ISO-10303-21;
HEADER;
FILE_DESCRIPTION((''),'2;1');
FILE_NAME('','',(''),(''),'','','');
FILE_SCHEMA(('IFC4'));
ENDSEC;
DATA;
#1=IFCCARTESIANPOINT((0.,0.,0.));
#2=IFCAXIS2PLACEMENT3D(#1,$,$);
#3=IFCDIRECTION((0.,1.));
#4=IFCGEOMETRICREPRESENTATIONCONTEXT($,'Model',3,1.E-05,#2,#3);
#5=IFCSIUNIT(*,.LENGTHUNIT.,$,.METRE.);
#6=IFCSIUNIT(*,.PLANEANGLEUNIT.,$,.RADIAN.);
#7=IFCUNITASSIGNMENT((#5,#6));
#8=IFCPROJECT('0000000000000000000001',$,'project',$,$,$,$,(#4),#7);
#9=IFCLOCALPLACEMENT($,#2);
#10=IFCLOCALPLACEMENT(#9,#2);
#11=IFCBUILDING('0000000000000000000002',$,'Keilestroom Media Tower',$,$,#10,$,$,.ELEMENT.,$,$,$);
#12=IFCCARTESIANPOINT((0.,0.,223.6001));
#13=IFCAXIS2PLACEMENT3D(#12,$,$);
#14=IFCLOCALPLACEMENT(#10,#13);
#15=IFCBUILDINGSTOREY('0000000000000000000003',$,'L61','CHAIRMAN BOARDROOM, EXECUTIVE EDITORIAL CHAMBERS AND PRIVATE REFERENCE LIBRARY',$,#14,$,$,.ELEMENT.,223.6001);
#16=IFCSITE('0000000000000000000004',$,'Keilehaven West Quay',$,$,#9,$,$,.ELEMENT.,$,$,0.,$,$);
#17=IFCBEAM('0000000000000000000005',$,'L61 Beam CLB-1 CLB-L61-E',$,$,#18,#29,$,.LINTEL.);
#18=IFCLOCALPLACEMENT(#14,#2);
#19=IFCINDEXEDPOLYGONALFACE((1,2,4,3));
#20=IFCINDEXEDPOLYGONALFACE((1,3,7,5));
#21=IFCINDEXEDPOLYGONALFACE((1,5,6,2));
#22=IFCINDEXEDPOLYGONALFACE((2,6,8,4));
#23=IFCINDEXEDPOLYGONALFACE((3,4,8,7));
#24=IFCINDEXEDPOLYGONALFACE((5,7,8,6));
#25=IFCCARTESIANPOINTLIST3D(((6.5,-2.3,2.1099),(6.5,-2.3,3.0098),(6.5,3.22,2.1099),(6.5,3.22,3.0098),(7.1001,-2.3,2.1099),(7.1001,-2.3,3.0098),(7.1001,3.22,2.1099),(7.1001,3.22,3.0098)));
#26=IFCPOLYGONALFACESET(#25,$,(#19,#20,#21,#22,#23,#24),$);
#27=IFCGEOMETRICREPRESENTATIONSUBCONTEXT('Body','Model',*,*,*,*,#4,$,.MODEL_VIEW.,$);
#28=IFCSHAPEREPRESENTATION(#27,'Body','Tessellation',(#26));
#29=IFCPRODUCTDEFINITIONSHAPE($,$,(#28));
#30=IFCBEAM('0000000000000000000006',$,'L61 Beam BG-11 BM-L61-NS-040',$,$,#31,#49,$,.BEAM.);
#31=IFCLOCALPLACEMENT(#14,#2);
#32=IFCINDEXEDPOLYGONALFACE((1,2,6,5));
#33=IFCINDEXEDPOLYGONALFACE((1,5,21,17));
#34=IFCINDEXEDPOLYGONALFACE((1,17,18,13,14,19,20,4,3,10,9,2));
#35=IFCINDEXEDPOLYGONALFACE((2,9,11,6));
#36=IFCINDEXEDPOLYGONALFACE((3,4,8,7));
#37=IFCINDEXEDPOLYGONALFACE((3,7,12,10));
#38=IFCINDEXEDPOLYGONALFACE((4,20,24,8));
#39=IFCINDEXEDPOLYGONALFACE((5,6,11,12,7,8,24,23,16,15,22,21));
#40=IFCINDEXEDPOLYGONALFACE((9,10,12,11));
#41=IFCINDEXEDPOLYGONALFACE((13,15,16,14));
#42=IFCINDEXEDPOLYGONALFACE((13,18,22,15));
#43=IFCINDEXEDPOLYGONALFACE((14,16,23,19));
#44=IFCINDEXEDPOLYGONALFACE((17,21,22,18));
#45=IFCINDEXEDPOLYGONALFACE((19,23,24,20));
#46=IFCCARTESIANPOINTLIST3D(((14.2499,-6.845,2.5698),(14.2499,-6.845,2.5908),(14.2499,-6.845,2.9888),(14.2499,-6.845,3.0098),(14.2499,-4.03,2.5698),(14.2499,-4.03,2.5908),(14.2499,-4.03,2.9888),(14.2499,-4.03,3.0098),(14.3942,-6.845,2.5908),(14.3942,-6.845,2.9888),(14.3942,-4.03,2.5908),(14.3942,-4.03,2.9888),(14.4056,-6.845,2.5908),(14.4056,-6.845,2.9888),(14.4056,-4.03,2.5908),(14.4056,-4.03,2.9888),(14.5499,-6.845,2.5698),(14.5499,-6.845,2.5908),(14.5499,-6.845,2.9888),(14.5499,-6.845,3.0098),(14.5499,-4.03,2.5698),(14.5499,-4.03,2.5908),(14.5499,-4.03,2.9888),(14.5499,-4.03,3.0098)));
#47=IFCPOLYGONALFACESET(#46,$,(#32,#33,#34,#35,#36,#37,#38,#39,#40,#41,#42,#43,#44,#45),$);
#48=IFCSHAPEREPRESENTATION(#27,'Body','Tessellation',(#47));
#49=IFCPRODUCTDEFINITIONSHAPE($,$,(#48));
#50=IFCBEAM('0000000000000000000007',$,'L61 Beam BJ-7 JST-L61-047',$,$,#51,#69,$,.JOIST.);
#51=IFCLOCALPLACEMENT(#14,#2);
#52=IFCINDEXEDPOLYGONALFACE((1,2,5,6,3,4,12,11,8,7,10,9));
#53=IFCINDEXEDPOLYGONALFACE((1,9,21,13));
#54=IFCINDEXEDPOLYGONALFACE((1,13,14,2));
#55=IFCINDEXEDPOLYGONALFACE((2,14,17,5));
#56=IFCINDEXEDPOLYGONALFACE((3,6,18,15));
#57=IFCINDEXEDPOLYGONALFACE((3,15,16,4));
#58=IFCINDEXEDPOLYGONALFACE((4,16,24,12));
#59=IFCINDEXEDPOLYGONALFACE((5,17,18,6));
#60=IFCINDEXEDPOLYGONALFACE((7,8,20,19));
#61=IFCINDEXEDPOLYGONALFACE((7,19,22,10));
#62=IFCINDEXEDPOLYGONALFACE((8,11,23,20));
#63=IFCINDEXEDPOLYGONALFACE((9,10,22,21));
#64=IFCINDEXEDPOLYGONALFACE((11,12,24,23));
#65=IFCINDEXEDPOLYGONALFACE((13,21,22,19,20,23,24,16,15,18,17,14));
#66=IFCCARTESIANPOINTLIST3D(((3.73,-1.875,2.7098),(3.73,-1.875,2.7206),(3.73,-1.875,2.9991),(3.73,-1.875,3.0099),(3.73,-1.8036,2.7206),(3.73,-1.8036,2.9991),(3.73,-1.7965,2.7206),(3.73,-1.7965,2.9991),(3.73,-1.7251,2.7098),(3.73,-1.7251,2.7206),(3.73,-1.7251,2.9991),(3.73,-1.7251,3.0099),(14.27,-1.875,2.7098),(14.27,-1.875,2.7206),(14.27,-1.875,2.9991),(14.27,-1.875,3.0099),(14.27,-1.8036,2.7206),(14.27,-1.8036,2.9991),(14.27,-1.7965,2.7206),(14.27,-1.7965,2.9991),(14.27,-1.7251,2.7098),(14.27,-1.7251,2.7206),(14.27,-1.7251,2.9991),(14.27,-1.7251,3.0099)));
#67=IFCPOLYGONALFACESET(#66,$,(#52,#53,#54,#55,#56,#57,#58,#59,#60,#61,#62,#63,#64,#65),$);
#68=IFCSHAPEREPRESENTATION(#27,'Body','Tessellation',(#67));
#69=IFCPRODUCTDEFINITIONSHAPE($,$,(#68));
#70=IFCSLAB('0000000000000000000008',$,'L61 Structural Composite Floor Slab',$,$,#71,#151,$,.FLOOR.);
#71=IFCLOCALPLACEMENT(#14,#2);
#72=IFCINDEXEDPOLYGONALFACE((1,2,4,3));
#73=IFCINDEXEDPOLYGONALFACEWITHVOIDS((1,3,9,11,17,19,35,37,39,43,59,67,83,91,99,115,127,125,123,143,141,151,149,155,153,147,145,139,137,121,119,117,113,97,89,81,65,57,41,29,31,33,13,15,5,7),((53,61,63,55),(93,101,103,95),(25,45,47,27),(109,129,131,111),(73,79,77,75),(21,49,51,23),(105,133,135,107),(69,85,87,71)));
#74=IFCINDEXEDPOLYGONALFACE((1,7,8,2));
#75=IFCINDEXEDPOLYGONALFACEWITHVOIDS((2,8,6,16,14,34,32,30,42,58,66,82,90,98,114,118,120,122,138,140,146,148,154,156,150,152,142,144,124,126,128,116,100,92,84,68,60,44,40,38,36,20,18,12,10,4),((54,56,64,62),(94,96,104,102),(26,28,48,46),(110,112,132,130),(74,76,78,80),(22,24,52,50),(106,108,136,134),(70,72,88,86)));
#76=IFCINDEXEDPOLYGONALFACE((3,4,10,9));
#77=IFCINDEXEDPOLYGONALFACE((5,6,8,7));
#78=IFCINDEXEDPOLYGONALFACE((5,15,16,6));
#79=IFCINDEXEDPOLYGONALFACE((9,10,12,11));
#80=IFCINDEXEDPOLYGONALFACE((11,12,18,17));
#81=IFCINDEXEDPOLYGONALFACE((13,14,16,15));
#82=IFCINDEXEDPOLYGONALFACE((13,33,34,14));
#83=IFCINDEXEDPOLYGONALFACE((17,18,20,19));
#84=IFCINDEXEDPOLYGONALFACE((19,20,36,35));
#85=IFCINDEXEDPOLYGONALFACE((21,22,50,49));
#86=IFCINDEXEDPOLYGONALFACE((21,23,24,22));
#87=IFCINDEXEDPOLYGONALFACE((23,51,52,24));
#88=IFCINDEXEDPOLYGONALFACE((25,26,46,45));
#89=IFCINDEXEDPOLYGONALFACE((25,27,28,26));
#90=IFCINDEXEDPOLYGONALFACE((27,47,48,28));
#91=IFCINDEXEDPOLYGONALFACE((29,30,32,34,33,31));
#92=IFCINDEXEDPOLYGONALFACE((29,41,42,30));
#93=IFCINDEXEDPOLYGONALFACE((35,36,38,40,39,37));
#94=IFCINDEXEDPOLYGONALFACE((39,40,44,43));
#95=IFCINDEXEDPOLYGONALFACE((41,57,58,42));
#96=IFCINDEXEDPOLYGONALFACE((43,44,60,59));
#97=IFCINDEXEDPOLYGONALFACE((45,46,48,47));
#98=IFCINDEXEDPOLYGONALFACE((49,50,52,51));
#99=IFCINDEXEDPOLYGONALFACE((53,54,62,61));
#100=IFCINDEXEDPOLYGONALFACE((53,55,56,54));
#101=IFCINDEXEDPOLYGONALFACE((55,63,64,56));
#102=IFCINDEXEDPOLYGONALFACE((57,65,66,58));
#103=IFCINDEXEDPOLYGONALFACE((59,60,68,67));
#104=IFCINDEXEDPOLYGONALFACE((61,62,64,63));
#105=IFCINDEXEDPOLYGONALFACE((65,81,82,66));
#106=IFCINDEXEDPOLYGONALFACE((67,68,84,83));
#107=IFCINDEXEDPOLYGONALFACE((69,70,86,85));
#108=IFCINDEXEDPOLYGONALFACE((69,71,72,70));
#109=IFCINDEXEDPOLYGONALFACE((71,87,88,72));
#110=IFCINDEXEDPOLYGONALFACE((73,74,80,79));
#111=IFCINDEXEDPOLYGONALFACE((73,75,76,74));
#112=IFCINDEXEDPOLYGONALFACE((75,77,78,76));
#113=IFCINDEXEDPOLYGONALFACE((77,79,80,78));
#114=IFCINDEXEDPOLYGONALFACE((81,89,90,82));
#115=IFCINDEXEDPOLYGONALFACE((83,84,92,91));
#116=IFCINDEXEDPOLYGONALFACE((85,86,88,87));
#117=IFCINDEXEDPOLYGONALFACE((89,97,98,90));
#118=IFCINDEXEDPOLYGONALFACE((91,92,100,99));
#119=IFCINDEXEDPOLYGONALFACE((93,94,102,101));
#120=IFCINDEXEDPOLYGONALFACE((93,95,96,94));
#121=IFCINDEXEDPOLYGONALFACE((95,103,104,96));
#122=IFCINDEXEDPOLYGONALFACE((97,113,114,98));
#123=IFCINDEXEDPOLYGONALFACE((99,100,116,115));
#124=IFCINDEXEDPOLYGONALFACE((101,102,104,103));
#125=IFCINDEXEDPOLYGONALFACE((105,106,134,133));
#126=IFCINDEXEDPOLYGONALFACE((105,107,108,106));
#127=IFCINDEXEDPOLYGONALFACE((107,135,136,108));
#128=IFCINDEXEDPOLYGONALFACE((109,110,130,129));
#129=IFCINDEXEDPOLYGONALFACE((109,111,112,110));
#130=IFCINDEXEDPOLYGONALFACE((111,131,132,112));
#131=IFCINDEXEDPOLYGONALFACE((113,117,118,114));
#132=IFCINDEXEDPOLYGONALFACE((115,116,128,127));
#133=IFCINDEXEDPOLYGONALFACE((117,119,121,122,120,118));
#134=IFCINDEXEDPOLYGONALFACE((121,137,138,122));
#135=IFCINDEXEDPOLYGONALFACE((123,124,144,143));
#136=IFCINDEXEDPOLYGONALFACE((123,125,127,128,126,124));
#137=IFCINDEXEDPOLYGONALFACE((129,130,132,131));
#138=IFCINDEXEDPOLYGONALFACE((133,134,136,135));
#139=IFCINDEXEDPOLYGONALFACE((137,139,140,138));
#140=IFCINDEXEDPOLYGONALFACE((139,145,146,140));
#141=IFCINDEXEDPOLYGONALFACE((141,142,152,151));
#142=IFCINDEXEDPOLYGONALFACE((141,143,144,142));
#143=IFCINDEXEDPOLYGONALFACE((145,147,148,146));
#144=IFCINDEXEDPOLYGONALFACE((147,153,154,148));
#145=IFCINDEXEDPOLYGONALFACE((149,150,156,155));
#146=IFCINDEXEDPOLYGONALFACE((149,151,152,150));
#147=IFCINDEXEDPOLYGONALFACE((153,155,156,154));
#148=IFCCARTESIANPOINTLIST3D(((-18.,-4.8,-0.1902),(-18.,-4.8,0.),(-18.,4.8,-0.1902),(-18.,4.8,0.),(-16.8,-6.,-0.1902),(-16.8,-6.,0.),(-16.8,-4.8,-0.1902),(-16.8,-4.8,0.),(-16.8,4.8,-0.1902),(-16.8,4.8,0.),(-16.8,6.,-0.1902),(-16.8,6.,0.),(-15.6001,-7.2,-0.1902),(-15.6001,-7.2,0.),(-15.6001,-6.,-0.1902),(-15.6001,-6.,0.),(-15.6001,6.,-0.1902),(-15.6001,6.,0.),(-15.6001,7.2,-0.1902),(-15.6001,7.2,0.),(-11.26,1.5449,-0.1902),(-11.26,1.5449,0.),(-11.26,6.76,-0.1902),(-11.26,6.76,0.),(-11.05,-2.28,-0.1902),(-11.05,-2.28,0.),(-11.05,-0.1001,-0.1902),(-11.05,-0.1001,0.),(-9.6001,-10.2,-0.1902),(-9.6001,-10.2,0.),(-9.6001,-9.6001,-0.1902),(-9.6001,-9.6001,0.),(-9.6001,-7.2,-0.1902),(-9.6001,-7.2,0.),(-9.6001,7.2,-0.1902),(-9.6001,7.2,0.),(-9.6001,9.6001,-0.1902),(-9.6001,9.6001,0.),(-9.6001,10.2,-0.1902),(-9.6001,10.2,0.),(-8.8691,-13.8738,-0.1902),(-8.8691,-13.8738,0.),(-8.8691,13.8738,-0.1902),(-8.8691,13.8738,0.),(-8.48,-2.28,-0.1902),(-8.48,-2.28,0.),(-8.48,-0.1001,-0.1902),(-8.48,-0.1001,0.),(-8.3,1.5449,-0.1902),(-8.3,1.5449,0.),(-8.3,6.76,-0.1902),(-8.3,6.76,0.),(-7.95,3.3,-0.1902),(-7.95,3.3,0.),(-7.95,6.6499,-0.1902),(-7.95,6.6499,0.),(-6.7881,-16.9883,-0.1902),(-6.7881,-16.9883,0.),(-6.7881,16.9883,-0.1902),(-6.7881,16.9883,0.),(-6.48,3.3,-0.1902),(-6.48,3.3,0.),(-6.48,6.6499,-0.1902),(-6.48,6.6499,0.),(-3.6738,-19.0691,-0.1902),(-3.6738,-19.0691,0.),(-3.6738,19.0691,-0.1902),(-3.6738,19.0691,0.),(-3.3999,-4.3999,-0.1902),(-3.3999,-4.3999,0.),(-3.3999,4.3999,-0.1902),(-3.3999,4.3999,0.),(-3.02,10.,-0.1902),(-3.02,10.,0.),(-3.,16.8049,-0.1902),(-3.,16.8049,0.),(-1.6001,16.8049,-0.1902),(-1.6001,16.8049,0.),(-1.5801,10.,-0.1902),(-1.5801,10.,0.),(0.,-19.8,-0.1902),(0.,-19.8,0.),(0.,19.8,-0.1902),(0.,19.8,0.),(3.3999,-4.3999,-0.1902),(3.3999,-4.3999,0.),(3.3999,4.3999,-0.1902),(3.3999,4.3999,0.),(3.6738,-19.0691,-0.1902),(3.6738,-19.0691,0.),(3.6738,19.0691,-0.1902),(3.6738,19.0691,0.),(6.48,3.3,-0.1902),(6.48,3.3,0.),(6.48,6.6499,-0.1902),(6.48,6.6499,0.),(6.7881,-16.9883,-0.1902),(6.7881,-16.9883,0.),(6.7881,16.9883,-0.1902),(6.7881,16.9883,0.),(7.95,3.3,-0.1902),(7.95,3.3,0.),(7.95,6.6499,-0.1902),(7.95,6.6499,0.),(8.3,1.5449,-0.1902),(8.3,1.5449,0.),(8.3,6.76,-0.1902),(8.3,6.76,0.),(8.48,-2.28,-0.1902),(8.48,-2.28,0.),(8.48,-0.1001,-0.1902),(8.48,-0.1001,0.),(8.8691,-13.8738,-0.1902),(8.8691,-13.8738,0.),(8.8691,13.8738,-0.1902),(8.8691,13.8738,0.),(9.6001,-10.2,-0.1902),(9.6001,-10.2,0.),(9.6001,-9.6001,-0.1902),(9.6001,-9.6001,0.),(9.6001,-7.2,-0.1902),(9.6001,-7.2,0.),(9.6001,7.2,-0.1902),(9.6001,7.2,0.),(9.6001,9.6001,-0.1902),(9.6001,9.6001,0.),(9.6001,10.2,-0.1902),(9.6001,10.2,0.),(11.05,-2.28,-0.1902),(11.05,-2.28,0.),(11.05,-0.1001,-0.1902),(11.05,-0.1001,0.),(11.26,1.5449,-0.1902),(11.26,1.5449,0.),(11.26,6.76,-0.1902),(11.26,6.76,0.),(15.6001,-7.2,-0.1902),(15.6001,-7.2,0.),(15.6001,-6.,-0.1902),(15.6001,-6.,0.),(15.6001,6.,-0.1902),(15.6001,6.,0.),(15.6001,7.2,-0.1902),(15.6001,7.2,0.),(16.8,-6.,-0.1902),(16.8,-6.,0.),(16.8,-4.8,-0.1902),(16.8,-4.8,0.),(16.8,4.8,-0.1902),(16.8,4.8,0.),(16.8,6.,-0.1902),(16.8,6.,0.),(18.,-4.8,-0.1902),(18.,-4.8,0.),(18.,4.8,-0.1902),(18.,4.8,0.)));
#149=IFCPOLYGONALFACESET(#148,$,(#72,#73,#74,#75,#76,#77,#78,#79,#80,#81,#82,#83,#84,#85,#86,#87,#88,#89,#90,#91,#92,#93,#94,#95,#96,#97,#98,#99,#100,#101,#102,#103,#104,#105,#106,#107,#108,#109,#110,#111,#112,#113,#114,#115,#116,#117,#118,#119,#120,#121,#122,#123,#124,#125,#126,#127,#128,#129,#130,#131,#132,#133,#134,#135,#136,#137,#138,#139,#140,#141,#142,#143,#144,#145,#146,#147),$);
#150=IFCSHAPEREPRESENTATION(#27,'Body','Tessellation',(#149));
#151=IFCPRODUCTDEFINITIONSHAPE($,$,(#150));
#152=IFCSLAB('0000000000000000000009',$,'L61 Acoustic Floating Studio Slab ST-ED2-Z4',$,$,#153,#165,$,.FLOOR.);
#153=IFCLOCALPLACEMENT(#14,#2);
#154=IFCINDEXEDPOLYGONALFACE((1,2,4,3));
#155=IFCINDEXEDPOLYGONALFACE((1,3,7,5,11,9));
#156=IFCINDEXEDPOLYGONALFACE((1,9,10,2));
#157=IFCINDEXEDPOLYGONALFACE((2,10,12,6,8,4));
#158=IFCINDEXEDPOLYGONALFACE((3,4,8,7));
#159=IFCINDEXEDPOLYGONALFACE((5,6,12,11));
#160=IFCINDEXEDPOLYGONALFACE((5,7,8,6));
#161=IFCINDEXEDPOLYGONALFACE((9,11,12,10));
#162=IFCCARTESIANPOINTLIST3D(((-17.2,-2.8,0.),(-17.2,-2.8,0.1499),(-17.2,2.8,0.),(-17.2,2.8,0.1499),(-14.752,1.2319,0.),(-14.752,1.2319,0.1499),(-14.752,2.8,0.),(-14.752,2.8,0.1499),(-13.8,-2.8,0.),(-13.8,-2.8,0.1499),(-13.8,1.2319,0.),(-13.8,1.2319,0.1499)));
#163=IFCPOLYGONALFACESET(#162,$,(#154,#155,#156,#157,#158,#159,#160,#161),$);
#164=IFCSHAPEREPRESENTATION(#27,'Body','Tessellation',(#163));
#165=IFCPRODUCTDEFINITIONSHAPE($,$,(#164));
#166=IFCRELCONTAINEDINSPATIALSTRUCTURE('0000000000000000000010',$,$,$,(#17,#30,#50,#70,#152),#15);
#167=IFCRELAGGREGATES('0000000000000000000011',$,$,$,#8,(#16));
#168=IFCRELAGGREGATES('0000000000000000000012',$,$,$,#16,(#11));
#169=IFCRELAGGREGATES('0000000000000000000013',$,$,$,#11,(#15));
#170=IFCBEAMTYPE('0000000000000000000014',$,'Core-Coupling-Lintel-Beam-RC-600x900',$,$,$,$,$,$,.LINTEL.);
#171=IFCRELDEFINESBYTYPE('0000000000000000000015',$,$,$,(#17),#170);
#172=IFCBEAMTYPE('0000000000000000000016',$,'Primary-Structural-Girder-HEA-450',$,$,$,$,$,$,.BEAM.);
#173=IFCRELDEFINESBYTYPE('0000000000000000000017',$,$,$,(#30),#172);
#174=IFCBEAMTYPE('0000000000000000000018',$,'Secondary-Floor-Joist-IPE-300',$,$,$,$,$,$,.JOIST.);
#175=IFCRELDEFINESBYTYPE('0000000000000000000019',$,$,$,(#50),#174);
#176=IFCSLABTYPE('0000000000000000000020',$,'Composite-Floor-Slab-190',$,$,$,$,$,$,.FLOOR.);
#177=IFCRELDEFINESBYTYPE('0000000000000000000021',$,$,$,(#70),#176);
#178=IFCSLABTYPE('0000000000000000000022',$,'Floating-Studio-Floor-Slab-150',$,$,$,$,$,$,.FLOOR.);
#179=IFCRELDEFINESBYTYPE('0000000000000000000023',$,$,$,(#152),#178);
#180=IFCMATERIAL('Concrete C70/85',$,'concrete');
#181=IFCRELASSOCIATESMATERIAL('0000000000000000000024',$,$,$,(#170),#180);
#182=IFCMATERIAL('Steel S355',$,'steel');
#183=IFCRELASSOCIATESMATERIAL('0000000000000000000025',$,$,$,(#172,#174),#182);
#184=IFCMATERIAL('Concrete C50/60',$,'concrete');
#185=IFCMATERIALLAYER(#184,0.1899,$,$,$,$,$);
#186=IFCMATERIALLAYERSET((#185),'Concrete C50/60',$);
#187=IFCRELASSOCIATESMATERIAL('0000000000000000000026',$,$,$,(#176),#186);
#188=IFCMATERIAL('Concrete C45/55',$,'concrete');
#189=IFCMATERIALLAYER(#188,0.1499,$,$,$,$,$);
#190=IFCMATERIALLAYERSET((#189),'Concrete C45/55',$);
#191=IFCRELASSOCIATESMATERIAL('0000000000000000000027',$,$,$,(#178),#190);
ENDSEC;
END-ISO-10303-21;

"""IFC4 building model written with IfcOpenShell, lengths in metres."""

from ifc_helpers import new_model, si_unit, direction, frame, origin, origin_2d, place, context, subcontext, project, spatial, polyline, rectangle, i_section, outline, extrude, source, transform, mapped, material, layer, layer_set, material_profile, profile_set, type_object, element, save


model = new_model("IFC4")

# Units and contexts
model_context = context("Model", 3, precision=1e-05, world=origin(), true_north=direction((0.0, 1.0)))
body_context = subcontext(model_context, "Body", "Model", "MODEL_VIEW")
ifc_project = project(units=[si_unit("LENGTHUNIT", "METRE"), si_unit("PLANEANGLEUNIT", "RADIAN")], contexts=[model_context])

# Site, building, storey
site_placement = place(None, origin())
site = spatial("IfcSite", under=ifc_project, at=site_placement, Name="Keilehaven West Quay", CompositionType="ELEMENT", RefElevation=0.0)
building_placement = place(site_placement, origin())
building = spatial("IfcBuilding", under=site, at=building_placement, Name="Keilestroom Media Tower", CompositionType="ELEMENT")
storey_placement = place(building_placement, frame((0.0, 0.0, 223.6001)))
storey = spatial("IfcBuildingStorey", under=building, at=storey_placement, Name="L61", Description="CHAIRMAN BOARDROOM, EXECUTIVE EDITORIAL CHAMBERS AND PRIVATE REFERENCE LIBRARY", CompositionType="ELEMENT", Elevation=223.6001)

# Beams
ifc_material_1 = material(Name="Concrete C70/85", Category="concrete")
ifc_material_profile_1 = material_profile(ifc_material_1, rectangle(XDim=0.6001, YDim=0.8999, at=origin_2d()), Name="RC 600x900")
ifc_profile_set_1 = profile_set([ifc_material_profile_1], Name="Concrete C70/85")
beam_type_1 = type_object("IfcBeamType", Name="Core-Coupling-Lintel-Beam-RC-600x900", PredefinedType="LINTEL", material=ifc_profile_set_1)
shared_shape_1 = source(origin(), body_context, "Body", "SweptSolid", [
    extrude(rectangle(XDim=0.6001, YDim=0.8999, at=origin_2d()), origin(), (0.0, 0.0, 1.0), 5.52),
])
beam_1_placement = place(storey_placement, frame((6.8, -2.3, 2.5598), z_axis=(0.0, 1.0, 0.0), x_axis=(-1.0, 0.0, 0.0)))
element("IfcBeam", 1, at=beam_1_placement, inside=storey, type_object=beam_type_1, Name="L61 Beam CLB-1 CLB-L61-E", PredefinedType="LINTEL", context=body_context, shape_type="MappedRepresentation", body=[
    mapped(shared_shape_1, transform((0.0, 0.0, 0.0), x_axis=(1.0, 0.0, 0.0), y_axis=(0.0, 1.0, 0.0), z_axis=(0.0, 0.0, 1.0), scale=1.0)),
])
ifc_material_2 = material(Name="Steel S355", Category="steel")
ifc_material_profile_2 = material_profile(ifc_material_2, i_section(OverallWidth=0.3, OverallDepth=0.4399, WebThickness=0.0115, FlangeThickness=0.021, at=origin_2d()), Name="HEA 450")
ifc_profile_set_2 = profile_set([ifc_material_profile_2], Name="Steel S355")
beam_type_2 = type_object("IfcBeamType", Name="Primary-Structural-Girder-HEA-450", PredefinedType="BEAM", material=ifc_profile_set_2)
shared_shape_2 = source(origin(), body_context, "Body", "SweptSolid", [
    extrude(i_section(OverallWidth=0.3, OverallDepth=0.4399, WebThickness=0.0115, FlangeThickness=0.021, at=origin_2d()), origin(), (0.0, 0.0, 1.0), 2.8149),
])
beam_2_placement = place(storey_placement, frame((14.3999, -6.845, 2.7898), z_axis=(0.0, 1.0, 0.0), x_axis=(-1.0, 0.0, 0.0)))
element("IfcBeam", 2, at=beam_2_placement, inside=storey, type_object=beam_type_2, Name="L61 Beam BG-11 BM-L61-NS-040", PredefinedType="BEAM", context=body_context, shape_type="MappedRepresentation", body=[
    mapped(shared_shape_2, transform((0.0, 0.0, 0.0), x_axis=(1.0, 0.0, 0.0), y_axis=(0.0, 1.0, 0.0), z_axis=(0.0, 0.0, 1.0), scale=1.0)),
])
ifc_material_profile_3 = material_profile(ifc_material_2, i_section(OverallWidth=0.1499, OverallDepth=0.3, WebThickness=0.0071, FlangeThickness=0.0107, at=origin_2d()), Name="IPE 300")
ifc_profile_set_3 = profile_set([ifc_material_profile_3], Name="Steel S355")
beam_type_3 = type_object("IfcBeamType", Name="Secondary-Floor-Joist-IPE-300", PredefinedType="JOIST", material=ifc_profile_set_3)
shared_shape_3 = source(origin(), body_context, "Body", "SweptSolid", [
    extrude(i_section(OverallWidth=0.1499, OverallDepth=0.3, WebThickness=0.0071, FlangeThickness=0.0107, at=origin_2d()), origin(), (0.0, 0.0, 1.0), 10.54),
])
beam_3_placement = place(storey_placement, frame((3.73, -1.8, 2.8599), z_axis=(1.0, 0.0, 0.0), x_axis=(0.0, 1.0, 0.0)))
element("IfcBeam", 3, at=beam_3_placement, inside=storey, type_object=beam_type_3, Name="L61 Beam BJ-7 JST-L61-047", PredefinedType="JOIST", context=body_context, shape_type="MappedRepresentation", body=[
    mapped(shared_shape_3, transform((0.0, 0.0, 0.0), x_axis=(1.0, 0.0, 0.0), y_axis=(0.0, 1.0, 0.0), z_axis=(0.0, 0.0, 1.0), scale=1.0)),
])

# Slabs
ifc_material_3 = material(Name="Concrete C50/60", Category="concrete")
ifc_layer_1 = layer(ifc_material_3, 0.1899)
ifc_layer_set_1 = layer_set([ifc_layer_1], Name="Concrete C50/60")
slab_type_1 = type_object("IfcSlabType", Name="Composite-Floor-Slab-190", PredefinedType="FLOOR", material=ifc_layer_set_1)
slab_1_placement = place(storey_placement, frame((0.0, 0.0, -0.1902)))
element("IfcSlab", 4, at=slab_1_placement, inside=storey, type_object=slab_type_1, Name="L61 Structural Composite Floor Slab", PredefinedType="FLOOR", context=body_context, shape_type="SweptSolid", body=[
    extrude(outline(polyline([(18.0, -4.8), (18.0, 4.8), (16.8, 4.8), (16.8, 6.0), (15.6001, 6.0), (15.6001, 7.2), (9.6001, 7.2), (9.6001, 9.6001), (9.6001, 10.2), (8.8691, 13.8738), (6.7881, 16.9883), (3.6738, 19.0691), (0.0, 19.8), (-3.6738, 19.0691), (-6.7881, 16.9883), (-8.8691, 13.8738), (-9.6001, 10.2), (-9.6001, 9.6001), (-9.6001, 7.2), (-15.6001, 7.2), (-15.6001, 6.0), (-16.8, 6.0), (-16.8, 4.8), (-18.0, 4.8), (-18.0, -4.8), (-16.8, -4.8), (-16.8, -6.0), (-15.6001, -6.0), (-15.6001, -7.2), (-9.6001, -7.2), (-9.6001, -9.6001), (-9.6001, -10.2), (-8.8691, -13.8738), (-6.7881, -16.9883), (-3.6738, -19.0691), (0.0, -19.8), (3.6738, -19.0691), (6.7881, -16.9883), (8.8691, -13.8738), (9.6001, -10.2), (9.6001, -9.6001), (9.6001, -7.2), (15.6001, -7.2), (15.6001, -6.0), (16.8, -6.0), (16.8, -4.8), (18.0, -4.8)]), holes=[polyline([(-8.3, 6.76), (-8.3, 1.5449), (-11.26, 1.5449), (-11.26, 6.76), (-8.3, 6.76)]), polyline([(-8.48, -0.1001), (-8.48, -2.28), (-11.05, -2.28), (-11.05, -0.1001), (-8.48, -0.1001)]), polyline([(-6.48, 6.6499), (-6.48, 3.3), (-7.95, 3.3), (-7.95, 6.6499), (-6.48, 6.6499)]), polyline([(3.3999, 4.3999), (3.3999, -4.3999), (-3.3999, -4.3999), (-3.3999, 4.3999), (3.3999, 4.3999)]), polyline([(-1.5801, 10.0), (-3.02, 10.0), (-3.0, 16.8049), (-1.6001, 16.8049), (-1.5801, 10.0)]), polyline([(7.95, 6.6499), (7.95, 3.3), (6.48, 3.3), (6.48, 6.6499), (7.95, 6.6499)]), polyline([(11.26, 6.76), (11.26, 1.5449), (8.3, 1.5449), (8.3, 6.76), (11.26, 6.76)]), polyline([(11.05, -0.1001), (11.05, -2.28), (8.48, -2.28), (8.48, -0.1001), (11.05, -0.1001)])]), origin(), (0.0, 0.0, 1.0), 0.1902),
])
ifc_material_4 = material(Name="Concrete C45/55", Category="concrete")
ifc_layer_2 = layer(ifc_material_4, 0.1499)
ifc_layer_set_2 = layer_set([ifc_layer_2], Name="Concrete C45/55")
slab_type_2 = type_object("IfcSlabType", Name="Floating-Studio-Floor-Slab-150", PredefinedType="FLOOR", material=ifc_layer_set_2)
slab_2_placement = place(storey_placement, origin())
element("IfcSlab", 5, at=slab_2_placement, inside=storey, type_object=slab_type_2, Name="L61 Acoustic Floating Studio Slab ST-ED2-Z4", PredefinedType="FLOOR", context=body_context, shape_type="SweptSolid", body=[
    extrude(outline(polyline([(-17.2, -2.8), (-13.8, -2.8), (-13.8, 1.2319), (-14.752, 1.2319), (-14.752, 2.8), (-17.2, 2.8), (-17.2, -2.8)])), origin(), (0.0, 0.0, 1.0), 0.1499),
])

save(model, "model.ifc")
